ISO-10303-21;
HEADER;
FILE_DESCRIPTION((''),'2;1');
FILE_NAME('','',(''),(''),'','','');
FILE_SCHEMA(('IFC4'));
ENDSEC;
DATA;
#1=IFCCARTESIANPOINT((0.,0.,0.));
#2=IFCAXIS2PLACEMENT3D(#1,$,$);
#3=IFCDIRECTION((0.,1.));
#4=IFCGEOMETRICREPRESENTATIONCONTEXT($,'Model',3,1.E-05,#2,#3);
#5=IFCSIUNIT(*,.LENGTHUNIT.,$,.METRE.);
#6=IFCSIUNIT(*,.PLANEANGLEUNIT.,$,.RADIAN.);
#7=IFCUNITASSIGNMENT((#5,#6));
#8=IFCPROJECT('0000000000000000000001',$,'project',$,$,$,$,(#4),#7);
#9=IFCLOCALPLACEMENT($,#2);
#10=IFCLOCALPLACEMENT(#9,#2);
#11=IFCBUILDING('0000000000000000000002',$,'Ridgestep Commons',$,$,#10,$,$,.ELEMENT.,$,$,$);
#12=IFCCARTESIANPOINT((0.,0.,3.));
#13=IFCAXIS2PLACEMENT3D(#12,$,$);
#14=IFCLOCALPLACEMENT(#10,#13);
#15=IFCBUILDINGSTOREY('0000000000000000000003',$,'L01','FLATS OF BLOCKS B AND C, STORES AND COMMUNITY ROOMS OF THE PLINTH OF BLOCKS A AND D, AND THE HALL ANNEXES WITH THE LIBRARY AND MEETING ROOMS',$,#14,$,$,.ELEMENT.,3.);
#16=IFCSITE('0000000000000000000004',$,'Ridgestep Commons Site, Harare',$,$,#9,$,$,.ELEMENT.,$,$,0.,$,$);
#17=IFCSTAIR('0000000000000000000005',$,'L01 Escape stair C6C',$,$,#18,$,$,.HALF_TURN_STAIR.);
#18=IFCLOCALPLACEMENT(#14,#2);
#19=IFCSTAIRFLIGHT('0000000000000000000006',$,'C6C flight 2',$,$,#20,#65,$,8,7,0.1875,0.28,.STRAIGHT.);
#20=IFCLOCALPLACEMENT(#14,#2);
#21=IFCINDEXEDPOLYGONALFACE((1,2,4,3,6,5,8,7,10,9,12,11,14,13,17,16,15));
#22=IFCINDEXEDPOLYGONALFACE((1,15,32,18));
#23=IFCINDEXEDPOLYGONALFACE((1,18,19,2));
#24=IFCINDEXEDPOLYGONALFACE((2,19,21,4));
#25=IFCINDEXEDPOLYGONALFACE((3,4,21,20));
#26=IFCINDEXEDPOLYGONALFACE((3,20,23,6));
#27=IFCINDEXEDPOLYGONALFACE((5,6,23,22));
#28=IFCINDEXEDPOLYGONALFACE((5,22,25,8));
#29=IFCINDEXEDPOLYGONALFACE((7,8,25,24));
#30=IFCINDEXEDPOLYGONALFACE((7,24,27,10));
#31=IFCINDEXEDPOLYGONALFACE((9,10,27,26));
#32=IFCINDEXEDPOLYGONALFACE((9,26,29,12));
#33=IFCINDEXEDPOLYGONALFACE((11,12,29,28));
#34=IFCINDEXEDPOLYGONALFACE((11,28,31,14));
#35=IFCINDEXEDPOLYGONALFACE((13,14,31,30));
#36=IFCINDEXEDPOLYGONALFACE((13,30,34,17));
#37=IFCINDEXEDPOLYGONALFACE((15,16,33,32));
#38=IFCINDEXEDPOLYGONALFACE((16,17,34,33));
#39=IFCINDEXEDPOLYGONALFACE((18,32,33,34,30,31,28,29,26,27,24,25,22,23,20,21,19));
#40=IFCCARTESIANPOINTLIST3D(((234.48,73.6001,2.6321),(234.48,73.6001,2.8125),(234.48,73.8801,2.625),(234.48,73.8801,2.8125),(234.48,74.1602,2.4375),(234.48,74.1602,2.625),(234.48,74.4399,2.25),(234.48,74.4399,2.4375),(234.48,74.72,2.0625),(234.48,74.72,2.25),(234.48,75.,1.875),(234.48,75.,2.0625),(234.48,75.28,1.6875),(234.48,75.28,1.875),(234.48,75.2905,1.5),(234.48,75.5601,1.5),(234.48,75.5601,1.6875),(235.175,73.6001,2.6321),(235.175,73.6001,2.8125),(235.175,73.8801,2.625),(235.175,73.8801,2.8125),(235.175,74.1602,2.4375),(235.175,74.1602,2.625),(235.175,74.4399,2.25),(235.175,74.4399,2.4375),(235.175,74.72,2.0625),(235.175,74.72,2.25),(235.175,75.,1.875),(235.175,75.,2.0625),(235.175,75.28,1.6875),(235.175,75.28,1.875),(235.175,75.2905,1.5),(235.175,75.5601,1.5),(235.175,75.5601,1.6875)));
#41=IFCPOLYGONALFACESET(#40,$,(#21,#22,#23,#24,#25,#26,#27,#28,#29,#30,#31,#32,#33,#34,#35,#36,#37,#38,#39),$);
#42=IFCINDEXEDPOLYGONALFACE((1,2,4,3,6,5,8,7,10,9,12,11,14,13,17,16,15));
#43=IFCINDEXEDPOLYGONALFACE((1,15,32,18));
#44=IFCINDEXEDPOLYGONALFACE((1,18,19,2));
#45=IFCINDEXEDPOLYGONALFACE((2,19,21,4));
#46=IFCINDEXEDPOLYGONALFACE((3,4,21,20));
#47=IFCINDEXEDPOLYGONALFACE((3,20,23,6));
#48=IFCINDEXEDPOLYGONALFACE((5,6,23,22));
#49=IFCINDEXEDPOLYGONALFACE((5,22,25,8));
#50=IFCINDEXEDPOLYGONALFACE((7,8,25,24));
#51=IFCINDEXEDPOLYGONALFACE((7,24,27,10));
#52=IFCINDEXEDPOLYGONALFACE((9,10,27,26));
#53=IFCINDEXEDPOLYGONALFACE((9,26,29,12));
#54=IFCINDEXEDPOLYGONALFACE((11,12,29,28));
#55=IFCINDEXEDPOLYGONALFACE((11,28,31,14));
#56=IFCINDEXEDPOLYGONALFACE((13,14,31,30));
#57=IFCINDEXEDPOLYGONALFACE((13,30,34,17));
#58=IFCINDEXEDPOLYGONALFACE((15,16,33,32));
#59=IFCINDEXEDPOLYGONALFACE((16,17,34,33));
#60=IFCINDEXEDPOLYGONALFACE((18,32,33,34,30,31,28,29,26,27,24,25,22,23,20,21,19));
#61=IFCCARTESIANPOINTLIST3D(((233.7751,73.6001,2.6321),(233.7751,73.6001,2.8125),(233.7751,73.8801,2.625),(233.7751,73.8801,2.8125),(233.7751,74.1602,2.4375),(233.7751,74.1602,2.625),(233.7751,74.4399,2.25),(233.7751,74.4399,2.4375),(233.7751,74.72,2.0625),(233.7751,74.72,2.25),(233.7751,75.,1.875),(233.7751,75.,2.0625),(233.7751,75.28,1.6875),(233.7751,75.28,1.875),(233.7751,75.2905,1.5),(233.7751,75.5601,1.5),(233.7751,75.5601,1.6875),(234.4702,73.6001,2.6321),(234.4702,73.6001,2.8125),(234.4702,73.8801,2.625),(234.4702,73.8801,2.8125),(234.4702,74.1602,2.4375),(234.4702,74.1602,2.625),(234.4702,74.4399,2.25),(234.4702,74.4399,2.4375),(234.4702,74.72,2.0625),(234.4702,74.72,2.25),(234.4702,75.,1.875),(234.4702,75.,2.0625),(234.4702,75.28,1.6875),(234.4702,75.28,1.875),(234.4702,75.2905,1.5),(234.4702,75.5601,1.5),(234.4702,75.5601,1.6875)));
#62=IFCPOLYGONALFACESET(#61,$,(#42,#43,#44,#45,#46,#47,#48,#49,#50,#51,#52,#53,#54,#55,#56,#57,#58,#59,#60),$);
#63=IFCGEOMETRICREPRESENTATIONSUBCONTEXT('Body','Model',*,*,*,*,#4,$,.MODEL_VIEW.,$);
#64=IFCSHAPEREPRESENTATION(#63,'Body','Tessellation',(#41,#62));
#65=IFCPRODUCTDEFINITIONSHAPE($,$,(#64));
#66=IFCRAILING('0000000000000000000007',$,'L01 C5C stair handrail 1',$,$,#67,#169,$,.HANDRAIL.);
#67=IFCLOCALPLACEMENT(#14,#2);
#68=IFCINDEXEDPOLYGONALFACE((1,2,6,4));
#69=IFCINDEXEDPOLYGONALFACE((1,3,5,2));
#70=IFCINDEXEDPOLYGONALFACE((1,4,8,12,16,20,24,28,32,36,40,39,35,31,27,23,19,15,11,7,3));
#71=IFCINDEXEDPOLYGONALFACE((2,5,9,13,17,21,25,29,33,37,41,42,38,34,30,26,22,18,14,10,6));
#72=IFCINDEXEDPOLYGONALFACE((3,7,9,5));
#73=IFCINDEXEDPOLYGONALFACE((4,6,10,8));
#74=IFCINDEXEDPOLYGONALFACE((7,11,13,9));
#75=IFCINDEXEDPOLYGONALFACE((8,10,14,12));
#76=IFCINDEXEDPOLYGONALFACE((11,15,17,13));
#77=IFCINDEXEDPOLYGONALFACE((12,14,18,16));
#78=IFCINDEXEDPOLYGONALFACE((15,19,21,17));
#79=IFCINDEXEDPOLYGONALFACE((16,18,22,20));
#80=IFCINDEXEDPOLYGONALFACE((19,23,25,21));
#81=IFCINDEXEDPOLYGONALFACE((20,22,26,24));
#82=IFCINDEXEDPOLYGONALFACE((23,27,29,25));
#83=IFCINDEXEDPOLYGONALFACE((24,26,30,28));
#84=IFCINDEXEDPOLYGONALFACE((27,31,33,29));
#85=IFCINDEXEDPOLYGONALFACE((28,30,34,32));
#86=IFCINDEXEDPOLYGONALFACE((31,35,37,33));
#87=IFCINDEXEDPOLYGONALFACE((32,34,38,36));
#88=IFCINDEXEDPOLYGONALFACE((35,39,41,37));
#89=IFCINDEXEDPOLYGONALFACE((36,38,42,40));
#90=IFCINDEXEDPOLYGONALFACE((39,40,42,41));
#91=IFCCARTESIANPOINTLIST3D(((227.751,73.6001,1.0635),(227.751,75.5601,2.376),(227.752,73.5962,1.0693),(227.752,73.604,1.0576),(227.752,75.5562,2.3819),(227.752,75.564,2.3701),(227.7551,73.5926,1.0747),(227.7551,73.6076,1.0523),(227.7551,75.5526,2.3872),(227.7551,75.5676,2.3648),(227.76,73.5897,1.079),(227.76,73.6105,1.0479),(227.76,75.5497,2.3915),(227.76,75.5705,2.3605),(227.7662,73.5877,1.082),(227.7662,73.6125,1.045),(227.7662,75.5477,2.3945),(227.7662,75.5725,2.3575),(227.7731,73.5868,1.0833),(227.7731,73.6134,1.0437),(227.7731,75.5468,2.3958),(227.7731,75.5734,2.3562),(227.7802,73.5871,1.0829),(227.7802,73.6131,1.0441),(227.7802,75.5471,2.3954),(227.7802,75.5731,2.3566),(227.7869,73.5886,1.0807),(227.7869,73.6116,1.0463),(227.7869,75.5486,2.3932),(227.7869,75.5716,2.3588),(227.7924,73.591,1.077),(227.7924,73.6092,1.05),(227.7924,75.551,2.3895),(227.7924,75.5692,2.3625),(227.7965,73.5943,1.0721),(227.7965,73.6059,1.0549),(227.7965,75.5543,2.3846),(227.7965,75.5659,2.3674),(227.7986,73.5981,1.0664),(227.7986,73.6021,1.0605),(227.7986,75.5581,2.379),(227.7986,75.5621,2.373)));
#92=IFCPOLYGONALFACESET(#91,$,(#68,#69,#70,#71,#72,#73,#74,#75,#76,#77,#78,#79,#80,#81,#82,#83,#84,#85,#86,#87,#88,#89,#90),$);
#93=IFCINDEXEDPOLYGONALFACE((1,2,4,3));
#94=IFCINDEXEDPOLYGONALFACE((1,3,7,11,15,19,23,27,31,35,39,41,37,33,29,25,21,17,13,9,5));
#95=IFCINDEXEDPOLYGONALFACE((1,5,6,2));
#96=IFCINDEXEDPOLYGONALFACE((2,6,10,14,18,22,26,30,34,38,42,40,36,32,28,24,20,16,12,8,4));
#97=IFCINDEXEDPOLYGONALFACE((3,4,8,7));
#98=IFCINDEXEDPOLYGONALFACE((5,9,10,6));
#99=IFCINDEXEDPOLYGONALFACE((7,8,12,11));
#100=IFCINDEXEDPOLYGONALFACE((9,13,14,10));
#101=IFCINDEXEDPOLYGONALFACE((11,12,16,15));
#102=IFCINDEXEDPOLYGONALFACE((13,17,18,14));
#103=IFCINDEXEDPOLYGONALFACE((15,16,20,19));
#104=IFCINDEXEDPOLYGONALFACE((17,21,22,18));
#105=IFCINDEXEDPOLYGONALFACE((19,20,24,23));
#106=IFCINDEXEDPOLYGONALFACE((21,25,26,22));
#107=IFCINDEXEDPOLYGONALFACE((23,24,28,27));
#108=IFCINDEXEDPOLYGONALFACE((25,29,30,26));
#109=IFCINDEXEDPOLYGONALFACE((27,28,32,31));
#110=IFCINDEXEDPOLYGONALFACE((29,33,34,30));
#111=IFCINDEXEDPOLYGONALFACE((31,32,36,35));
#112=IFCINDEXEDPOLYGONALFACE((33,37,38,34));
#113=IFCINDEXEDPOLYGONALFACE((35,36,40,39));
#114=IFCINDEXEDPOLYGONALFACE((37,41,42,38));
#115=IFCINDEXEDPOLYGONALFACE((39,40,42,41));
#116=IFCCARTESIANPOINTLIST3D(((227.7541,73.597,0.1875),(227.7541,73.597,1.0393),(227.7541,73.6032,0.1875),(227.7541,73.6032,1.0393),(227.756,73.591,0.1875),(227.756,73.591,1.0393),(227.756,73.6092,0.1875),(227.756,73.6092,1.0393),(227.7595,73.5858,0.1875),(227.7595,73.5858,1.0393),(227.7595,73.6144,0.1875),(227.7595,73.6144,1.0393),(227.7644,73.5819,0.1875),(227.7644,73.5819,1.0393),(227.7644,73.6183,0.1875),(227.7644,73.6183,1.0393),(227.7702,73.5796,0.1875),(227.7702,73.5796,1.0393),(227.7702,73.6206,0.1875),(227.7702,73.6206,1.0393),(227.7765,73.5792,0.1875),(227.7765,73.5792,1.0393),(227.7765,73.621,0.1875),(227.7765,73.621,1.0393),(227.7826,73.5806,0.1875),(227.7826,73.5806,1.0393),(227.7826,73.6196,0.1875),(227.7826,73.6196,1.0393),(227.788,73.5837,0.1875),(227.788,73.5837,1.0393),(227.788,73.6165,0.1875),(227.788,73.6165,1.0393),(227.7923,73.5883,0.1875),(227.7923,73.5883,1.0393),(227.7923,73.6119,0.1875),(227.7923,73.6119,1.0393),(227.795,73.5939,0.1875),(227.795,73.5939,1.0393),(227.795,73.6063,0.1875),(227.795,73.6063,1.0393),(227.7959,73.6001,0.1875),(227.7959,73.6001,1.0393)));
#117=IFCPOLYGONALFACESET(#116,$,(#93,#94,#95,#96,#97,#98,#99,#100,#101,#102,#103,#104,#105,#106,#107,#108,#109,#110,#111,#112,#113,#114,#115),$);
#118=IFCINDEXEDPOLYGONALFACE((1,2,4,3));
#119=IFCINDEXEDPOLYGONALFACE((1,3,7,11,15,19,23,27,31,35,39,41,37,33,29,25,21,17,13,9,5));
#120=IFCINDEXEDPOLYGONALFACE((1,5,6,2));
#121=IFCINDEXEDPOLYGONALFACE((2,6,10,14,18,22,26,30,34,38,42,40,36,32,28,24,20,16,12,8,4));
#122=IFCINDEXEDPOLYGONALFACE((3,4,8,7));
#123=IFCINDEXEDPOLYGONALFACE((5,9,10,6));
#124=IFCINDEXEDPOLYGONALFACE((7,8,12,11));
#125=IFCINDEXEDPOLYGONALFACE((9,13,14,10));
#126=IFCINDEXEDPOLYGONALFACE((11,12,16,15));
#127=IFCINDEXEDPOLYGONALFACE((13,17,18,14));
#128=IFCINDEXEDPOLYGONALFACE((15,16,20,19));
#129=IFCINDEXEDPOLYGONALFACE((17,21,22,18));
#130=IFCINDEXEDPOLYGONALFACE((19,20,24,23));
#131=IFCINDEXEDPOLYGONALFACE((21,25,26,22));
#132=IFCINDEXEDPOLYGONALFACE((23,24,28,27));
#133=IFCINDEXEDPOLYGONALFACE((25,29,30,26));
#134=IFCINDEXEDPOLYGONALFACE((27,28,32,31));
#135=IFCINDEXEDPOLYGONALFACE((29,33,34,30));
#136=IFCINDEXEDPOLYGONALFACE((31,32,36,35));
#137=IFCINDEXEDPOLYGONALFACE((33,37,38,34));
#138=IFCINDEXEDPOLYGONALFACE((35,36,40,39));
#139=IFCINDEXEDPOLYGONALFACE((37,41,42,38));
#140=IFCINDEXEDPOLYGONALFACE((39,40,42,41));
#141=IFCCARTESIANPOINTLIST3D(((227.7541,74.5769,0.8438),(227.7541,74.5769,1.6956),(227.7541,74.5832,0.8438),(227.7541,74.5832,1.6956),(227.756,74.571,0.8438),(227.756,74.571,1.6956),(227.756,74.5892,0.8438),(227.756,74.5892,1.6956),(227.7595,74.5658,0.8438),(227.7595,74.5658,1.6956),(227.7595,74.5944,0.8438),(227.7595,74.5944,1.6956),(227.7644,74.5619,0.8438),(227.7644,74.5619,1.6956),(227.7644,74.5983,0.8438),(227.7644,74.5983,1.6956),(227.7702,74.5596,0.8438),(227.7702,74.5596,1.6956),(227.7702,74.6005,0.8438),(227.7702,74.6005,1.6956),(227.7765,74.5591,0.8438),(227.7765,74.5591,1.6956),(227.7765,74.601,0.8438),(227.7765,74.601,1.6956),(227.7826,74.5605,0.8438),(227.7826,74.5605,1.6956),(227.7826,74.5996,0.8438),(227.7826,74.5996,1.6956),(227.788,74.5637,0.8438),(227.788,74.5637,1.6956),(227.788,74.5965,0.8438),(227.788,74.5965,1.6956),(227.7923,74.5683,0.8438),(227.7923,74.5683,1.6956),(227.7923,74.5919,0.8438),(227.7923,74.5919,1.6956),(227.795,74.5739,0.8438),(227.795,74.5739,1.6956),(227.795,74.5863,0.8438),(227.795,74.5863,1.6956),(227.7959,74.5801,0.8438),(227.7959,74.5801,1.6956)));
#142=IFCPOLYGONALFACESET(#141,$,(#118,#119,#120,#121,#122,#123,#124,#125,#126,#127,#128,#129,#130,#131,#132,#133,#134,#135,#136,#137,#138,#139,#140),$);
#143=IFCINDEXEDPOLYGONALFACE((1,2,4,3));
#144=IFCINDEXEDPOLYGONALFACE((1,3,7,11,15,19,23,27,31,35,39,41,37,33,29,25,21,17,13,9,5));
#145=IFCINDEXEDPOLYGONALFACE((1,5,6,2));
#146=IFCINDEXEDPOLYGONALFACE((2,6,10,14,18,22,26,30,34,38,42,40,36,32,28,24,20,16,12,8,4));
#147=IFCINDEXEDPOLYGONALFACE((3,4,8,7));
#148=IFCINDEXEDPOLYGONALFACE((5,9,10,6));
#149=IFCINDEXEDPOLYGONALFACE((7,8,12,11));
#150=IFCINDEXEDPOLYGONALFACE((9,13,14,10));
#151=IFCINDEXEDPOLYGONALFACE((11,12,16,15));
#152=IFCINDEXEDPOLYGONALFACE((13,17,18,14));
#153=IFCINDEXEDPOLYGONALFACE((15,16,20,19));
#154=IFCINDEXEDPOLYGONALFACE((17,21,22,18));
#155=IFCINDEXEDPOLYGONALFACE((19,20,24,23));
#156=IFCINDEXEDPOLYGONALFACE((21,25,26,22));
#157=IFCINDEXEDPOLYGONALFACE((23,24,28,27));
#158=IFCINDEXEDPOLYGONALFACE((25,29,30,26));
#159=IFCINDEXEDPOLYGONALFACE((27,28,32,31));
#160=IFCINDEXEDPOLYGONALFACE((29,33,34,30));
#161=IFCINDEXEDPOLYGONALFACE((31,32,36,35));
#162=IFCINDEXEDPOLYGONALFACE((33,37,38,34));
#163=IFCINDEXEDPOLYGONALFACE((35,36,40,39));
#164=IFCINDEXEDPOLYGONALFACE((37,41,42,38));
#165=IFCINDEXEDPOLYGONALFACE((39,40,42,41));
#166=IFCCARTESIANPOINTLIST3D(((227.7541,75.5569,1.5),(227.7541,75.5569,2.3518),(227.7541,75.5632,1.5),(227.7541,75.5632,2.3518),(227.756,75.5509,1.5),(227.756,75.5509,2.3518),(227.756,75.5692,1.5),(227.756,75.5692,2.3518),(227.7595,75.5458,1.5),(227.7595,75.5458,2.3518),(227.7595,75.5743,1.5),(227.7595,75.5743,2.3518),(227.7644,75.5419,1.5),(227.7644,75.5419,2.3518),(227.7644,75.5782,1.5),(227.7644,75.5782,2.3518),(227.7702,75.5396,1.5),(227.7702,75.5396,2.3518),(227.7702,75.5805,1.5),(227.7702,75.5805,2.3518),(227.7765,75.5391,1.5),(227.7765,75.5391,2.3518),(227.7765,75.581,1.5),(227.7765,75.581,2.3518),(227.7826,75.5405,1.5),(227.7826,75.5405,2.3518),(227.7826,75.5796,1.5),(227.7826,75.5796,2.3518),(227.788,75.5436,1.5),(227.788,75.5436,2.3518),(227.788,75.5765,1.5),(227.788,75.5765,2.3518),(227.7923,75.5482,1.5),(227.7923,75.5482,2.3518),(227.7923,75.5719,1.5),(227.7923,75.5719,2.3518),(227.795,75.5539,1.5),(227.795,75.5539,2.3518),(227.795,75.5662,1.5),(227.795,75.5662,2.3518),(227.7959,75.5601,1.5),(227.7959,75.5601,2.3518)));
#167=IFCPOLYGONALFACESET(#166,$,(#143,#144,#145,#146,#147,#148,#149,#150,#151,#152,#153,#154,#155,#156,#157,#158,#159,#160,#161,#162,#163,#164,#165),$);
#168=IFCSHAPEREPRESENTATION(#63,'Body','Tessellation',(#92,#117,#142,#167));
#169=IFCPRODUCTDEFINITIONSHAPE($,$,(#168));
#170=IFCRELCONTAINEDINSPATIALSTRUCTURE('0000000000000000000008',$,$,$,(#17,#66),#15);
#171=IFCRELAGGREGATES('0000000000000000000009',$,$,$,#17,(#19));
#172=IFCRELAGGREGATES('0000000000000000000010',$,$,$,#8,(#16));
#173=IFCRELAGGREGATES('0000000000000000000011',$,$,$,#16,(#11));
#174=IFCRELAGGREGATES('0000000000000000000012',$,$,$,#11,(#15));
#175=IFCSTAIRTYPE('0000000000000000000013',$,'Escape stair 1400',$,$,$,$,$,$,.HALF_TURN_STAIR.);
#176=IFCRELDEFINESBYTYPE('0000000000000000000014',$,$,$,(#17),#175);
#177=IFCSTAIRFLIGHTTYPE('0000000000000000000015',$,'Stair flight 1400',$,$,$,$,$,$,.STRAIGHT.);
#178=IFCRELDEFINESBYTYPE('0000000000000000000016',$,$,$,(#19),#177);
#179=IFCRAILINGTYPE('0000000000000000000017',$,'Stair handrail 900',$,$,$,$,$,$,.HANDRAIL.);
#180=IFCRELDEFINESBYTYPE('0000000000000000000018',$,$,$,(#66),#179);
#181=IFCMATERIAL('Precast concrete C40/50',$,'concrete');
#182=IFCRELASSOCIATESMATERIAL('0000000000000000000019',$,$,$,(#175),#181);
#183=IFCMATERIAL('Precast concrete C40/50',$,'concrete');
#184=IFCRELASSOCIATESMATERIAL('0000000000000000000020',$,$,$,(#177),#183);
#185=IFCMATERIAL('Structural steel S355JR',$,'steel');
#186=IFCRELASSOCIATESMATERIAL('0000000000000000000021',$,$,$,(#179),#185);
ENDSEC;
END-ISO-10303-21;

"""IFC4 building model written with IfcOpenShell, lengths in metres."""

from ifc_helpers import new_model, si_unit, direction, frame, origin, origin_2d, place, context, subcontext, project, spatial, polyline, circle, outline, extrude, material, type_object, element, aggregate, save


model = new_model("IFC4")

# Units and contexts
model_context = context("Model", 3, precision=1e-05, world=origin(), true_north=direction((0.0, 1.0)))
body_context = subcontext(model_context, "Body", "Model", "MODEL_VIEW")
ifc_project = project(units=[si_unit("LENGTHUNIT", "METRE"), si_unit("PLANEANGLEUNIT", "RADIAN")], contexts=[model_context])

# Site, building, storey
site_placement = place(None, origin())
site = spatial("IfcSite", under=ifc_project, at=site_placement, Name="Ridgestep Commons Site, Harare", CompositionType="ELEMENT", RefElevation=0.0)
building_placement = place(site_placement, origin())
building = spatial("IfcBuilding", under=site, at=building_placement, Name="Ridgestep Commons", CompositionType="ELEMENT")
storey_placement = place(building_placement, frame((0.0, 0.0, 3.0)))
storey = spatial("IfcBuildingStorey", under=building, at=storey_placement, Name="L01", Description="FLATS OF BLOCKS B AND C, STORES AND COMMUNITY ROOMS OF THE PLINTH OF BLOCKS A AND D, AND THE HALL ANNEXES WITH THE LIBRARY AND MEETING ROOMS", CompositionType="ELEMENT", Elevation=3.0)

# Stair, stair flight
ifc_material_1 = material(Name="Precast concrete C40/50", Category="concrete")
stair_type = type_object("IfcStairType", Name="Escape stair 1400", PredefinedType="HALF_TURN_STAIR", material=ifc_material_1)
stair_placement = place(storey_placement, origin())
stair = element("IfcStair", 1, at=stair_placement, inside=storey, type_object=stair_type, Name="L01 Escape stair C6C", PredefinedType="HALF_TURN_STAIR")
ifc_material_2 = material(Name="Precast concrete C40/50", Category="concrete")
stair_flight_type = type_object("IfcStairFlightType", Name="Stair flight 1400", PredefinedType="STRAIGHT", material=ifc_material_2)
stair_flight_placement = place(storey_placement, frame((234.4751, 75.5601, 1.5), z_axis=(0.0, 0.0, 1.0), x_axis=(0.0, -1.0, 0.0)))
stair_flight = element("IfcStairFlight", 2, at=stair_flight_placement, type_object=stair_flight_type, Name="C6C flight 2", NumberOfRisers=8, NumberOfTreads=7, PredefinedType="STRAIGHT", RiserHeight=0.1875, TreadLength=0.28, context=body_context, shape_type="SweptSolid", body=[
    extrude(outline(polyline([(0.0, 0.0), (0.0, 0.1875), (0.28, 0.1875), (0.28, 0.375), (0.5601, 0.375), (0.5601, 0.5625), (0.8401, 0.5625), (0.8401, 0.75), (1.1201, 0.75), (1.1201, 0.9375), (1.3999, 0.9375), (1.3999, 1.125), (1.6799, 1.125), (1.6799, 1.3125), (1.96, 1.3125), (1.96, 1.5), (1.96, 1.1321), (0.2695, 0.0), (0.0, 0.0)])), frame((0.0, 0.7, 0.0), z_axis=(0.0, -1.0, 0.0), x_axis=(1.0, 0.0, 0.0)), (0.0, 0.0, 1.0), 0.6951),
    extrude(outline(polyline([(0.0, 0.0), (0.0, 0.1875), (0.28, 0.1875), (0.28, 0.375), (0.5601, 0.375), (0.5601, 0.5625), (0.8401, 0.5625), (0.8401, 0.75), (1.1201, 0.75), (1.1201, 0.9375), (1.3999, 0.9375), (1.3999, 1.125), (1.6799, 1.125), (1.6799, 1.3125), (1.96, 1.3125), (1.96, 1.5), (1.96, 1.1321), (0.2695, 0.0), (0.0, 0.0)])), frame((0.0, -0.0049, 0.0), z_axis=(0.0, -1.0, 0.0), x_axis=(1.0, 0.0, 0.0)), (0.0, 0.0, 1.0), 0.6951),
])
aggregate(stair, [stair_flight])

# Railing
ifc_material_3 = material(Name="Structural steel S355JR", Category="steel")
railing_type = type_object("IfcRailingType", Name="Stair handrail 900", PredefinedType="HANDRAIL", material=ifc_material_3)
railing_1_placement = place(storey_placement, frame((227.7749, 73.6001, 0.1875)))
element("IfcRailing", 3, at=railing_1_placement, inside=storey, type_object=railing_type, Name="L01 C5C stair handrail 1", PredefinedType="HANDRAIL", context=body_context, shape_type="SweptSolid", body=[
    extrude(circle(Radius=0.0239, at=origin_2d()), frame((0.0, 0.0, 0.876), z_axis=(0.0, 0.830902, 0.556419), x_axis=(-1.0, 0.0, 0.0)), (0.0, 0.0, 1.0), 2.3589),
    extrude(circle(Radius=0.021, at=origin_2d()), origin(), (0.0, 0.0, 1.0), 0.8518),
    extrude(circle(Radius=0.021, at=origin_2d()), frame((0.0, 0.98, 0.6562)), (0.0, 0.0, 1.0), 0.8518),
    extrude(circle(Radius=0.021, at=origin_2d()), frame((0.0, 1.96, 1.3125)), (0.0, 0.0, 1.0), 0.8518),
])

save(model, "model.ifc")
